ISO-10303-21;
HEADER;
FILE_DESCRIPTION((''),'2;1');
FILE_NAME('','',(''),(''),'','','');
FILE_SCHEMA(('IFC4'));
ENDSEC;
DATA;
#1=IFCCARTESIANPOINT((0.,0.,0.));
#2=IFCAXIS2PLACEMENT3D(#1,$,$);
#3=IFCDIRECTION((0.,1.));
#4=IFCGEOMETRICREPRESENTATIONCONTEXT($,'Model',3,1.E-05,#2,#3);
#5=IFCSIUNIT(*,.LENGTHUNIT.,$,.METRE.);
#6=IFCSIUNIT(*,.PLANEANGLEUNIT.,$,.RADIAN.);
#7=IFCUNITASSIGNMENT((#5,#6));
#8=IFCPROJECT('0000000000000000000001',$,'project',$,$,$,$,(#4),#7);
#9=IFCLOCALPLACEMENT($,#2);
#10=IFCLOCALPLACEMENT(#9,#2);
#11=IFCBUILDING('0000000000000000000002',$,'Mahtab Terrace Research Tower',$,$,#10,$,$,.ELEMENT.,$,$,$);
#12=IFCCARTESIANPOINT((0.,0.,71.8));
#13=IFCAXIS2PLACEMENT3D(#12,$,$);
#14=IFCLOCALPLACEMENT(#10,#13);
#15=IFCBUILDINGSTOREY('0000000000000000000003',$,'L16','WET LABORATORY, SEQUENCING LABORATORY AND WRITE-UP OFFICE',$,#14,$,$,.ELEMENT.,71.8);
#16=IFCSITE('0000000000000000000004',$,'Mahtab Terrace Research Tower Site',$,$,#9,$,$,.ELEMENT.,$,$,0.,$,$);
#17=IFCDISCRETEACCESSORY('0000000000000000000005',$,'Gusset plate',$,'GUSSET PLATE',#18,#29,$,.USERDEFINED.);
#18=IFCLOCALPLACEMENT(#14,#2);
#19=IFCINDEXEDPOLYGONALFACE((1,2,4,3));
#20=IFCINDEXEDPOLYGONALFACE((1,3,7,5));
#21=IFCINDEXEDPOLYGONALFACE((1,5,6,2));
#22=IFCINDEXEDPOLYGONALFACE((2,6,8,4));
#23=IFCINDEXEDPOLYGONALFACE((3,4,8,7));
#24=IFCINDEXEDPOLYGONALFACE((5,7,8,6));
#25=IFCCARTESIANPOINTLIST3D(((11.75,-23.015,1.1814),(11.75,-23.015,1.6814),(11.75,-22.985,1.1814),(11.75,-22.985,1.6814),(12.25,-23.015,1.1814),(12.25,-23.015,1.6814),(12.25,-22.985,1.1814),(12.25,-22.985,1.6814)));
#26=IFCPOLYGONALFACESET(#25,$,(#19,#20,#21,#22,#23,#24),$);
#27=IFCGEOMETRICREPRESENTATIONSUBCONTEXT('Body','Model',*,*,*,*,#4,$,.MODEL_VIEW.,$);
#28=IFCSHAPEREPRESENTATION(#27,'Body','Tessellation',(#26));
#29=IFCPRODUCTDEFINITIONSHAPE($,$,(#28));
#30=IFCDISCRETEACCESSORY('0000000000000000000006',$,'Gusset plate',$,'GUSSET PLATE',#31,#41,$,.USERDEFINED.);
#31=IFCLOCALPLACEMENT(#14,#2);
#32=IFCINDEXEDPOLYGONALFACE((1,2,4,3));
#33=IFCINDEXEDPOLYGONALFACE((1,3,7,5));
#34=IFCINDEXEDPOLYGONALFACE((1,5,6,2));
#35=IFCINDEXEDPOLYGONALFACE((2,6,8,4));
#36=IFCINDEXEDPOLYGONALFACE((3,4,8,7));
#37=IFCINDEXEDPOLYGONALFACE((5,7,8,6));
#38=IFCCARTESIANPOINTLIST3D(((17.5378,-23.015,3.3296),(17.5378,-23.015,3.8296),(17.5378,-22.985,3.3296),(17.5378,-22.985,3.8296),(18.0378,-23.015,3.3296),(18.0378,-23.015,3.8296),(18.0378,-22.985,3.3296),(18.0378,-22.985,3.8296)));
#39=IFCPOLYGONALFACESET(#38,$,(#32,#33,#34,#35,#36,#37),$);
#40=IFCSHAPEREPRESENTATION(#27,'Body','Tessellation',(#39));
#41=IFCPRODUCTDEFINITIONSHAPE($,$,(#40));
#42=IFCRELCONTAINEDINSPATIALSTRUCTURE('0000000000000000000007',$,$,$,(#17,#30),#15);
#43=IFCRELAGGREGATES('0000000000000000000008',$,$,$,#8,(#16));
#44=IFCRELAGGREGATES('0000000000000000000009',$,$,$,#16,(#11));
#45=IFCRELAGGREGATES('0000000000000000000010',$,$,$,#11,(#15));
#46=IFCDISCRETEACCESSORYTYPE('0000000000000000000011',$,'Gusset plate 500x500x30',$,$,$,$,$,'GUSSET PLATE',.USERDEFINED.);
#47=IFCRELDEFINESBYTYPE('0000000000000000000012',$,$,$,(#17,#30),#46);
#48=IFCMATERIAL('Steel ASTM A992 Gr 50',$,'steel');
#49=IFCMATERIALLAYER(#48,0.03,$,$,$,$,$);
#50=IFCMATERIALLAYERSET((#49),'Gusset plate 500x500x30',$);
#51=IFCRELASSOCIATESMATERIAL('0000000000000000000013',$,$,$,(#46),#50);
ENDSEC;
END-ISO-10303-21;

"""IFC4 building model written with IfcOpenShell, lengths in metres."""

from ifc_helpers import new_model, si_unit, direction, frame, origin, origin_2d, place, context, subcontext, project, spatial, rectangle, extrude, material, layer, layer_set, type_object, element, save


model = new_model("IFC4")

# Units and contexts
model_context = context("Model", 3, precision=1e-05, world=origin(), true_north=direction((0.0, 1.0)))
body_context = subcontext(model_context, "Body", "Model", "MODEL_VIEW")
ifc_project = project(units=[si_unit("LENGTHUNIT", "METRE"), si_unit("PLANEANGLEUNIT", "RADIAN")], contexts=[model_context])

# Site, building, storey
site_placement = place(None, origin())
site = spatial("IfcSite", under=ifc_project, at=site_placement, Name="Mahtab Terrace Research Tower Site", CompositionType="ELEMENT", RefElevation=0.0)
building_placement = place(site_placement, origin())
building = spatial("IfcBuilding", under=site, at=building_placement, Name="Mahtab Terrace Research Tower", CompositionType="ELEMENT")
storey_placement = place(building_placement, frame((0.0, 0.0, 71.8)))
storey = spatial("IfcBuildingStorey", under=building, at=storey_placement, Name="L16", Description="WET LABORATORY, SEQUENCING LABORATORY AND WRITE-UP OFFICE", CompositionType="ELEMENT", Elevation=71.8)

# Shared definitions
ifc_material_1 = material(Name="Steel ASTM A992 Gr 50", Category="steel")

# Discrete accessories
ifc_layer_1 = layer(ifc_material_1, 0.03)
ifc_layer_set_1 = layer_set([ifc_layer_1], Name="Gusset plate 500x500x30")
discrete_accessory_type = type_object("IfcDiscreteAccessoryType", Name="Gusset plate 500x500x30", ElementType="GUSSET PLATE", PredefinedType="USERDEFINED", material=ifc_layer_set_1)
for number, where, z_axis, x_axis, name in (
    (1, (12.0, -23.0, 1.1814), (0.0, 0.0, 1.0), (1.0, 0.0, 0.0), "Gusset plate"),
    (2, (17.7878, -23.0, 3.3296), (0.0, 0.0, 1.0), (1.0, 0.0, 0.0), "Gusset plate"),
):
    element("IfcDiscreteAccessory", number, at=place(storey_placement, frame(where, z_axis=z_axis, x_axis=x_axis)), inside=storey, type_object=discrete_accessory_type, Name=name, ObjectType="GUSSET PLATE", PredefinedType="USERDEFINED", context=body_context, shape_type="SweptSolid", body=[
        extrude(rectangle(XDim=0.5, YDim=0.03, at=origin_2d()), origin(), (0.0, 0.0, 1.0), 0.5),
    ])

save(model, "model.ifc")
